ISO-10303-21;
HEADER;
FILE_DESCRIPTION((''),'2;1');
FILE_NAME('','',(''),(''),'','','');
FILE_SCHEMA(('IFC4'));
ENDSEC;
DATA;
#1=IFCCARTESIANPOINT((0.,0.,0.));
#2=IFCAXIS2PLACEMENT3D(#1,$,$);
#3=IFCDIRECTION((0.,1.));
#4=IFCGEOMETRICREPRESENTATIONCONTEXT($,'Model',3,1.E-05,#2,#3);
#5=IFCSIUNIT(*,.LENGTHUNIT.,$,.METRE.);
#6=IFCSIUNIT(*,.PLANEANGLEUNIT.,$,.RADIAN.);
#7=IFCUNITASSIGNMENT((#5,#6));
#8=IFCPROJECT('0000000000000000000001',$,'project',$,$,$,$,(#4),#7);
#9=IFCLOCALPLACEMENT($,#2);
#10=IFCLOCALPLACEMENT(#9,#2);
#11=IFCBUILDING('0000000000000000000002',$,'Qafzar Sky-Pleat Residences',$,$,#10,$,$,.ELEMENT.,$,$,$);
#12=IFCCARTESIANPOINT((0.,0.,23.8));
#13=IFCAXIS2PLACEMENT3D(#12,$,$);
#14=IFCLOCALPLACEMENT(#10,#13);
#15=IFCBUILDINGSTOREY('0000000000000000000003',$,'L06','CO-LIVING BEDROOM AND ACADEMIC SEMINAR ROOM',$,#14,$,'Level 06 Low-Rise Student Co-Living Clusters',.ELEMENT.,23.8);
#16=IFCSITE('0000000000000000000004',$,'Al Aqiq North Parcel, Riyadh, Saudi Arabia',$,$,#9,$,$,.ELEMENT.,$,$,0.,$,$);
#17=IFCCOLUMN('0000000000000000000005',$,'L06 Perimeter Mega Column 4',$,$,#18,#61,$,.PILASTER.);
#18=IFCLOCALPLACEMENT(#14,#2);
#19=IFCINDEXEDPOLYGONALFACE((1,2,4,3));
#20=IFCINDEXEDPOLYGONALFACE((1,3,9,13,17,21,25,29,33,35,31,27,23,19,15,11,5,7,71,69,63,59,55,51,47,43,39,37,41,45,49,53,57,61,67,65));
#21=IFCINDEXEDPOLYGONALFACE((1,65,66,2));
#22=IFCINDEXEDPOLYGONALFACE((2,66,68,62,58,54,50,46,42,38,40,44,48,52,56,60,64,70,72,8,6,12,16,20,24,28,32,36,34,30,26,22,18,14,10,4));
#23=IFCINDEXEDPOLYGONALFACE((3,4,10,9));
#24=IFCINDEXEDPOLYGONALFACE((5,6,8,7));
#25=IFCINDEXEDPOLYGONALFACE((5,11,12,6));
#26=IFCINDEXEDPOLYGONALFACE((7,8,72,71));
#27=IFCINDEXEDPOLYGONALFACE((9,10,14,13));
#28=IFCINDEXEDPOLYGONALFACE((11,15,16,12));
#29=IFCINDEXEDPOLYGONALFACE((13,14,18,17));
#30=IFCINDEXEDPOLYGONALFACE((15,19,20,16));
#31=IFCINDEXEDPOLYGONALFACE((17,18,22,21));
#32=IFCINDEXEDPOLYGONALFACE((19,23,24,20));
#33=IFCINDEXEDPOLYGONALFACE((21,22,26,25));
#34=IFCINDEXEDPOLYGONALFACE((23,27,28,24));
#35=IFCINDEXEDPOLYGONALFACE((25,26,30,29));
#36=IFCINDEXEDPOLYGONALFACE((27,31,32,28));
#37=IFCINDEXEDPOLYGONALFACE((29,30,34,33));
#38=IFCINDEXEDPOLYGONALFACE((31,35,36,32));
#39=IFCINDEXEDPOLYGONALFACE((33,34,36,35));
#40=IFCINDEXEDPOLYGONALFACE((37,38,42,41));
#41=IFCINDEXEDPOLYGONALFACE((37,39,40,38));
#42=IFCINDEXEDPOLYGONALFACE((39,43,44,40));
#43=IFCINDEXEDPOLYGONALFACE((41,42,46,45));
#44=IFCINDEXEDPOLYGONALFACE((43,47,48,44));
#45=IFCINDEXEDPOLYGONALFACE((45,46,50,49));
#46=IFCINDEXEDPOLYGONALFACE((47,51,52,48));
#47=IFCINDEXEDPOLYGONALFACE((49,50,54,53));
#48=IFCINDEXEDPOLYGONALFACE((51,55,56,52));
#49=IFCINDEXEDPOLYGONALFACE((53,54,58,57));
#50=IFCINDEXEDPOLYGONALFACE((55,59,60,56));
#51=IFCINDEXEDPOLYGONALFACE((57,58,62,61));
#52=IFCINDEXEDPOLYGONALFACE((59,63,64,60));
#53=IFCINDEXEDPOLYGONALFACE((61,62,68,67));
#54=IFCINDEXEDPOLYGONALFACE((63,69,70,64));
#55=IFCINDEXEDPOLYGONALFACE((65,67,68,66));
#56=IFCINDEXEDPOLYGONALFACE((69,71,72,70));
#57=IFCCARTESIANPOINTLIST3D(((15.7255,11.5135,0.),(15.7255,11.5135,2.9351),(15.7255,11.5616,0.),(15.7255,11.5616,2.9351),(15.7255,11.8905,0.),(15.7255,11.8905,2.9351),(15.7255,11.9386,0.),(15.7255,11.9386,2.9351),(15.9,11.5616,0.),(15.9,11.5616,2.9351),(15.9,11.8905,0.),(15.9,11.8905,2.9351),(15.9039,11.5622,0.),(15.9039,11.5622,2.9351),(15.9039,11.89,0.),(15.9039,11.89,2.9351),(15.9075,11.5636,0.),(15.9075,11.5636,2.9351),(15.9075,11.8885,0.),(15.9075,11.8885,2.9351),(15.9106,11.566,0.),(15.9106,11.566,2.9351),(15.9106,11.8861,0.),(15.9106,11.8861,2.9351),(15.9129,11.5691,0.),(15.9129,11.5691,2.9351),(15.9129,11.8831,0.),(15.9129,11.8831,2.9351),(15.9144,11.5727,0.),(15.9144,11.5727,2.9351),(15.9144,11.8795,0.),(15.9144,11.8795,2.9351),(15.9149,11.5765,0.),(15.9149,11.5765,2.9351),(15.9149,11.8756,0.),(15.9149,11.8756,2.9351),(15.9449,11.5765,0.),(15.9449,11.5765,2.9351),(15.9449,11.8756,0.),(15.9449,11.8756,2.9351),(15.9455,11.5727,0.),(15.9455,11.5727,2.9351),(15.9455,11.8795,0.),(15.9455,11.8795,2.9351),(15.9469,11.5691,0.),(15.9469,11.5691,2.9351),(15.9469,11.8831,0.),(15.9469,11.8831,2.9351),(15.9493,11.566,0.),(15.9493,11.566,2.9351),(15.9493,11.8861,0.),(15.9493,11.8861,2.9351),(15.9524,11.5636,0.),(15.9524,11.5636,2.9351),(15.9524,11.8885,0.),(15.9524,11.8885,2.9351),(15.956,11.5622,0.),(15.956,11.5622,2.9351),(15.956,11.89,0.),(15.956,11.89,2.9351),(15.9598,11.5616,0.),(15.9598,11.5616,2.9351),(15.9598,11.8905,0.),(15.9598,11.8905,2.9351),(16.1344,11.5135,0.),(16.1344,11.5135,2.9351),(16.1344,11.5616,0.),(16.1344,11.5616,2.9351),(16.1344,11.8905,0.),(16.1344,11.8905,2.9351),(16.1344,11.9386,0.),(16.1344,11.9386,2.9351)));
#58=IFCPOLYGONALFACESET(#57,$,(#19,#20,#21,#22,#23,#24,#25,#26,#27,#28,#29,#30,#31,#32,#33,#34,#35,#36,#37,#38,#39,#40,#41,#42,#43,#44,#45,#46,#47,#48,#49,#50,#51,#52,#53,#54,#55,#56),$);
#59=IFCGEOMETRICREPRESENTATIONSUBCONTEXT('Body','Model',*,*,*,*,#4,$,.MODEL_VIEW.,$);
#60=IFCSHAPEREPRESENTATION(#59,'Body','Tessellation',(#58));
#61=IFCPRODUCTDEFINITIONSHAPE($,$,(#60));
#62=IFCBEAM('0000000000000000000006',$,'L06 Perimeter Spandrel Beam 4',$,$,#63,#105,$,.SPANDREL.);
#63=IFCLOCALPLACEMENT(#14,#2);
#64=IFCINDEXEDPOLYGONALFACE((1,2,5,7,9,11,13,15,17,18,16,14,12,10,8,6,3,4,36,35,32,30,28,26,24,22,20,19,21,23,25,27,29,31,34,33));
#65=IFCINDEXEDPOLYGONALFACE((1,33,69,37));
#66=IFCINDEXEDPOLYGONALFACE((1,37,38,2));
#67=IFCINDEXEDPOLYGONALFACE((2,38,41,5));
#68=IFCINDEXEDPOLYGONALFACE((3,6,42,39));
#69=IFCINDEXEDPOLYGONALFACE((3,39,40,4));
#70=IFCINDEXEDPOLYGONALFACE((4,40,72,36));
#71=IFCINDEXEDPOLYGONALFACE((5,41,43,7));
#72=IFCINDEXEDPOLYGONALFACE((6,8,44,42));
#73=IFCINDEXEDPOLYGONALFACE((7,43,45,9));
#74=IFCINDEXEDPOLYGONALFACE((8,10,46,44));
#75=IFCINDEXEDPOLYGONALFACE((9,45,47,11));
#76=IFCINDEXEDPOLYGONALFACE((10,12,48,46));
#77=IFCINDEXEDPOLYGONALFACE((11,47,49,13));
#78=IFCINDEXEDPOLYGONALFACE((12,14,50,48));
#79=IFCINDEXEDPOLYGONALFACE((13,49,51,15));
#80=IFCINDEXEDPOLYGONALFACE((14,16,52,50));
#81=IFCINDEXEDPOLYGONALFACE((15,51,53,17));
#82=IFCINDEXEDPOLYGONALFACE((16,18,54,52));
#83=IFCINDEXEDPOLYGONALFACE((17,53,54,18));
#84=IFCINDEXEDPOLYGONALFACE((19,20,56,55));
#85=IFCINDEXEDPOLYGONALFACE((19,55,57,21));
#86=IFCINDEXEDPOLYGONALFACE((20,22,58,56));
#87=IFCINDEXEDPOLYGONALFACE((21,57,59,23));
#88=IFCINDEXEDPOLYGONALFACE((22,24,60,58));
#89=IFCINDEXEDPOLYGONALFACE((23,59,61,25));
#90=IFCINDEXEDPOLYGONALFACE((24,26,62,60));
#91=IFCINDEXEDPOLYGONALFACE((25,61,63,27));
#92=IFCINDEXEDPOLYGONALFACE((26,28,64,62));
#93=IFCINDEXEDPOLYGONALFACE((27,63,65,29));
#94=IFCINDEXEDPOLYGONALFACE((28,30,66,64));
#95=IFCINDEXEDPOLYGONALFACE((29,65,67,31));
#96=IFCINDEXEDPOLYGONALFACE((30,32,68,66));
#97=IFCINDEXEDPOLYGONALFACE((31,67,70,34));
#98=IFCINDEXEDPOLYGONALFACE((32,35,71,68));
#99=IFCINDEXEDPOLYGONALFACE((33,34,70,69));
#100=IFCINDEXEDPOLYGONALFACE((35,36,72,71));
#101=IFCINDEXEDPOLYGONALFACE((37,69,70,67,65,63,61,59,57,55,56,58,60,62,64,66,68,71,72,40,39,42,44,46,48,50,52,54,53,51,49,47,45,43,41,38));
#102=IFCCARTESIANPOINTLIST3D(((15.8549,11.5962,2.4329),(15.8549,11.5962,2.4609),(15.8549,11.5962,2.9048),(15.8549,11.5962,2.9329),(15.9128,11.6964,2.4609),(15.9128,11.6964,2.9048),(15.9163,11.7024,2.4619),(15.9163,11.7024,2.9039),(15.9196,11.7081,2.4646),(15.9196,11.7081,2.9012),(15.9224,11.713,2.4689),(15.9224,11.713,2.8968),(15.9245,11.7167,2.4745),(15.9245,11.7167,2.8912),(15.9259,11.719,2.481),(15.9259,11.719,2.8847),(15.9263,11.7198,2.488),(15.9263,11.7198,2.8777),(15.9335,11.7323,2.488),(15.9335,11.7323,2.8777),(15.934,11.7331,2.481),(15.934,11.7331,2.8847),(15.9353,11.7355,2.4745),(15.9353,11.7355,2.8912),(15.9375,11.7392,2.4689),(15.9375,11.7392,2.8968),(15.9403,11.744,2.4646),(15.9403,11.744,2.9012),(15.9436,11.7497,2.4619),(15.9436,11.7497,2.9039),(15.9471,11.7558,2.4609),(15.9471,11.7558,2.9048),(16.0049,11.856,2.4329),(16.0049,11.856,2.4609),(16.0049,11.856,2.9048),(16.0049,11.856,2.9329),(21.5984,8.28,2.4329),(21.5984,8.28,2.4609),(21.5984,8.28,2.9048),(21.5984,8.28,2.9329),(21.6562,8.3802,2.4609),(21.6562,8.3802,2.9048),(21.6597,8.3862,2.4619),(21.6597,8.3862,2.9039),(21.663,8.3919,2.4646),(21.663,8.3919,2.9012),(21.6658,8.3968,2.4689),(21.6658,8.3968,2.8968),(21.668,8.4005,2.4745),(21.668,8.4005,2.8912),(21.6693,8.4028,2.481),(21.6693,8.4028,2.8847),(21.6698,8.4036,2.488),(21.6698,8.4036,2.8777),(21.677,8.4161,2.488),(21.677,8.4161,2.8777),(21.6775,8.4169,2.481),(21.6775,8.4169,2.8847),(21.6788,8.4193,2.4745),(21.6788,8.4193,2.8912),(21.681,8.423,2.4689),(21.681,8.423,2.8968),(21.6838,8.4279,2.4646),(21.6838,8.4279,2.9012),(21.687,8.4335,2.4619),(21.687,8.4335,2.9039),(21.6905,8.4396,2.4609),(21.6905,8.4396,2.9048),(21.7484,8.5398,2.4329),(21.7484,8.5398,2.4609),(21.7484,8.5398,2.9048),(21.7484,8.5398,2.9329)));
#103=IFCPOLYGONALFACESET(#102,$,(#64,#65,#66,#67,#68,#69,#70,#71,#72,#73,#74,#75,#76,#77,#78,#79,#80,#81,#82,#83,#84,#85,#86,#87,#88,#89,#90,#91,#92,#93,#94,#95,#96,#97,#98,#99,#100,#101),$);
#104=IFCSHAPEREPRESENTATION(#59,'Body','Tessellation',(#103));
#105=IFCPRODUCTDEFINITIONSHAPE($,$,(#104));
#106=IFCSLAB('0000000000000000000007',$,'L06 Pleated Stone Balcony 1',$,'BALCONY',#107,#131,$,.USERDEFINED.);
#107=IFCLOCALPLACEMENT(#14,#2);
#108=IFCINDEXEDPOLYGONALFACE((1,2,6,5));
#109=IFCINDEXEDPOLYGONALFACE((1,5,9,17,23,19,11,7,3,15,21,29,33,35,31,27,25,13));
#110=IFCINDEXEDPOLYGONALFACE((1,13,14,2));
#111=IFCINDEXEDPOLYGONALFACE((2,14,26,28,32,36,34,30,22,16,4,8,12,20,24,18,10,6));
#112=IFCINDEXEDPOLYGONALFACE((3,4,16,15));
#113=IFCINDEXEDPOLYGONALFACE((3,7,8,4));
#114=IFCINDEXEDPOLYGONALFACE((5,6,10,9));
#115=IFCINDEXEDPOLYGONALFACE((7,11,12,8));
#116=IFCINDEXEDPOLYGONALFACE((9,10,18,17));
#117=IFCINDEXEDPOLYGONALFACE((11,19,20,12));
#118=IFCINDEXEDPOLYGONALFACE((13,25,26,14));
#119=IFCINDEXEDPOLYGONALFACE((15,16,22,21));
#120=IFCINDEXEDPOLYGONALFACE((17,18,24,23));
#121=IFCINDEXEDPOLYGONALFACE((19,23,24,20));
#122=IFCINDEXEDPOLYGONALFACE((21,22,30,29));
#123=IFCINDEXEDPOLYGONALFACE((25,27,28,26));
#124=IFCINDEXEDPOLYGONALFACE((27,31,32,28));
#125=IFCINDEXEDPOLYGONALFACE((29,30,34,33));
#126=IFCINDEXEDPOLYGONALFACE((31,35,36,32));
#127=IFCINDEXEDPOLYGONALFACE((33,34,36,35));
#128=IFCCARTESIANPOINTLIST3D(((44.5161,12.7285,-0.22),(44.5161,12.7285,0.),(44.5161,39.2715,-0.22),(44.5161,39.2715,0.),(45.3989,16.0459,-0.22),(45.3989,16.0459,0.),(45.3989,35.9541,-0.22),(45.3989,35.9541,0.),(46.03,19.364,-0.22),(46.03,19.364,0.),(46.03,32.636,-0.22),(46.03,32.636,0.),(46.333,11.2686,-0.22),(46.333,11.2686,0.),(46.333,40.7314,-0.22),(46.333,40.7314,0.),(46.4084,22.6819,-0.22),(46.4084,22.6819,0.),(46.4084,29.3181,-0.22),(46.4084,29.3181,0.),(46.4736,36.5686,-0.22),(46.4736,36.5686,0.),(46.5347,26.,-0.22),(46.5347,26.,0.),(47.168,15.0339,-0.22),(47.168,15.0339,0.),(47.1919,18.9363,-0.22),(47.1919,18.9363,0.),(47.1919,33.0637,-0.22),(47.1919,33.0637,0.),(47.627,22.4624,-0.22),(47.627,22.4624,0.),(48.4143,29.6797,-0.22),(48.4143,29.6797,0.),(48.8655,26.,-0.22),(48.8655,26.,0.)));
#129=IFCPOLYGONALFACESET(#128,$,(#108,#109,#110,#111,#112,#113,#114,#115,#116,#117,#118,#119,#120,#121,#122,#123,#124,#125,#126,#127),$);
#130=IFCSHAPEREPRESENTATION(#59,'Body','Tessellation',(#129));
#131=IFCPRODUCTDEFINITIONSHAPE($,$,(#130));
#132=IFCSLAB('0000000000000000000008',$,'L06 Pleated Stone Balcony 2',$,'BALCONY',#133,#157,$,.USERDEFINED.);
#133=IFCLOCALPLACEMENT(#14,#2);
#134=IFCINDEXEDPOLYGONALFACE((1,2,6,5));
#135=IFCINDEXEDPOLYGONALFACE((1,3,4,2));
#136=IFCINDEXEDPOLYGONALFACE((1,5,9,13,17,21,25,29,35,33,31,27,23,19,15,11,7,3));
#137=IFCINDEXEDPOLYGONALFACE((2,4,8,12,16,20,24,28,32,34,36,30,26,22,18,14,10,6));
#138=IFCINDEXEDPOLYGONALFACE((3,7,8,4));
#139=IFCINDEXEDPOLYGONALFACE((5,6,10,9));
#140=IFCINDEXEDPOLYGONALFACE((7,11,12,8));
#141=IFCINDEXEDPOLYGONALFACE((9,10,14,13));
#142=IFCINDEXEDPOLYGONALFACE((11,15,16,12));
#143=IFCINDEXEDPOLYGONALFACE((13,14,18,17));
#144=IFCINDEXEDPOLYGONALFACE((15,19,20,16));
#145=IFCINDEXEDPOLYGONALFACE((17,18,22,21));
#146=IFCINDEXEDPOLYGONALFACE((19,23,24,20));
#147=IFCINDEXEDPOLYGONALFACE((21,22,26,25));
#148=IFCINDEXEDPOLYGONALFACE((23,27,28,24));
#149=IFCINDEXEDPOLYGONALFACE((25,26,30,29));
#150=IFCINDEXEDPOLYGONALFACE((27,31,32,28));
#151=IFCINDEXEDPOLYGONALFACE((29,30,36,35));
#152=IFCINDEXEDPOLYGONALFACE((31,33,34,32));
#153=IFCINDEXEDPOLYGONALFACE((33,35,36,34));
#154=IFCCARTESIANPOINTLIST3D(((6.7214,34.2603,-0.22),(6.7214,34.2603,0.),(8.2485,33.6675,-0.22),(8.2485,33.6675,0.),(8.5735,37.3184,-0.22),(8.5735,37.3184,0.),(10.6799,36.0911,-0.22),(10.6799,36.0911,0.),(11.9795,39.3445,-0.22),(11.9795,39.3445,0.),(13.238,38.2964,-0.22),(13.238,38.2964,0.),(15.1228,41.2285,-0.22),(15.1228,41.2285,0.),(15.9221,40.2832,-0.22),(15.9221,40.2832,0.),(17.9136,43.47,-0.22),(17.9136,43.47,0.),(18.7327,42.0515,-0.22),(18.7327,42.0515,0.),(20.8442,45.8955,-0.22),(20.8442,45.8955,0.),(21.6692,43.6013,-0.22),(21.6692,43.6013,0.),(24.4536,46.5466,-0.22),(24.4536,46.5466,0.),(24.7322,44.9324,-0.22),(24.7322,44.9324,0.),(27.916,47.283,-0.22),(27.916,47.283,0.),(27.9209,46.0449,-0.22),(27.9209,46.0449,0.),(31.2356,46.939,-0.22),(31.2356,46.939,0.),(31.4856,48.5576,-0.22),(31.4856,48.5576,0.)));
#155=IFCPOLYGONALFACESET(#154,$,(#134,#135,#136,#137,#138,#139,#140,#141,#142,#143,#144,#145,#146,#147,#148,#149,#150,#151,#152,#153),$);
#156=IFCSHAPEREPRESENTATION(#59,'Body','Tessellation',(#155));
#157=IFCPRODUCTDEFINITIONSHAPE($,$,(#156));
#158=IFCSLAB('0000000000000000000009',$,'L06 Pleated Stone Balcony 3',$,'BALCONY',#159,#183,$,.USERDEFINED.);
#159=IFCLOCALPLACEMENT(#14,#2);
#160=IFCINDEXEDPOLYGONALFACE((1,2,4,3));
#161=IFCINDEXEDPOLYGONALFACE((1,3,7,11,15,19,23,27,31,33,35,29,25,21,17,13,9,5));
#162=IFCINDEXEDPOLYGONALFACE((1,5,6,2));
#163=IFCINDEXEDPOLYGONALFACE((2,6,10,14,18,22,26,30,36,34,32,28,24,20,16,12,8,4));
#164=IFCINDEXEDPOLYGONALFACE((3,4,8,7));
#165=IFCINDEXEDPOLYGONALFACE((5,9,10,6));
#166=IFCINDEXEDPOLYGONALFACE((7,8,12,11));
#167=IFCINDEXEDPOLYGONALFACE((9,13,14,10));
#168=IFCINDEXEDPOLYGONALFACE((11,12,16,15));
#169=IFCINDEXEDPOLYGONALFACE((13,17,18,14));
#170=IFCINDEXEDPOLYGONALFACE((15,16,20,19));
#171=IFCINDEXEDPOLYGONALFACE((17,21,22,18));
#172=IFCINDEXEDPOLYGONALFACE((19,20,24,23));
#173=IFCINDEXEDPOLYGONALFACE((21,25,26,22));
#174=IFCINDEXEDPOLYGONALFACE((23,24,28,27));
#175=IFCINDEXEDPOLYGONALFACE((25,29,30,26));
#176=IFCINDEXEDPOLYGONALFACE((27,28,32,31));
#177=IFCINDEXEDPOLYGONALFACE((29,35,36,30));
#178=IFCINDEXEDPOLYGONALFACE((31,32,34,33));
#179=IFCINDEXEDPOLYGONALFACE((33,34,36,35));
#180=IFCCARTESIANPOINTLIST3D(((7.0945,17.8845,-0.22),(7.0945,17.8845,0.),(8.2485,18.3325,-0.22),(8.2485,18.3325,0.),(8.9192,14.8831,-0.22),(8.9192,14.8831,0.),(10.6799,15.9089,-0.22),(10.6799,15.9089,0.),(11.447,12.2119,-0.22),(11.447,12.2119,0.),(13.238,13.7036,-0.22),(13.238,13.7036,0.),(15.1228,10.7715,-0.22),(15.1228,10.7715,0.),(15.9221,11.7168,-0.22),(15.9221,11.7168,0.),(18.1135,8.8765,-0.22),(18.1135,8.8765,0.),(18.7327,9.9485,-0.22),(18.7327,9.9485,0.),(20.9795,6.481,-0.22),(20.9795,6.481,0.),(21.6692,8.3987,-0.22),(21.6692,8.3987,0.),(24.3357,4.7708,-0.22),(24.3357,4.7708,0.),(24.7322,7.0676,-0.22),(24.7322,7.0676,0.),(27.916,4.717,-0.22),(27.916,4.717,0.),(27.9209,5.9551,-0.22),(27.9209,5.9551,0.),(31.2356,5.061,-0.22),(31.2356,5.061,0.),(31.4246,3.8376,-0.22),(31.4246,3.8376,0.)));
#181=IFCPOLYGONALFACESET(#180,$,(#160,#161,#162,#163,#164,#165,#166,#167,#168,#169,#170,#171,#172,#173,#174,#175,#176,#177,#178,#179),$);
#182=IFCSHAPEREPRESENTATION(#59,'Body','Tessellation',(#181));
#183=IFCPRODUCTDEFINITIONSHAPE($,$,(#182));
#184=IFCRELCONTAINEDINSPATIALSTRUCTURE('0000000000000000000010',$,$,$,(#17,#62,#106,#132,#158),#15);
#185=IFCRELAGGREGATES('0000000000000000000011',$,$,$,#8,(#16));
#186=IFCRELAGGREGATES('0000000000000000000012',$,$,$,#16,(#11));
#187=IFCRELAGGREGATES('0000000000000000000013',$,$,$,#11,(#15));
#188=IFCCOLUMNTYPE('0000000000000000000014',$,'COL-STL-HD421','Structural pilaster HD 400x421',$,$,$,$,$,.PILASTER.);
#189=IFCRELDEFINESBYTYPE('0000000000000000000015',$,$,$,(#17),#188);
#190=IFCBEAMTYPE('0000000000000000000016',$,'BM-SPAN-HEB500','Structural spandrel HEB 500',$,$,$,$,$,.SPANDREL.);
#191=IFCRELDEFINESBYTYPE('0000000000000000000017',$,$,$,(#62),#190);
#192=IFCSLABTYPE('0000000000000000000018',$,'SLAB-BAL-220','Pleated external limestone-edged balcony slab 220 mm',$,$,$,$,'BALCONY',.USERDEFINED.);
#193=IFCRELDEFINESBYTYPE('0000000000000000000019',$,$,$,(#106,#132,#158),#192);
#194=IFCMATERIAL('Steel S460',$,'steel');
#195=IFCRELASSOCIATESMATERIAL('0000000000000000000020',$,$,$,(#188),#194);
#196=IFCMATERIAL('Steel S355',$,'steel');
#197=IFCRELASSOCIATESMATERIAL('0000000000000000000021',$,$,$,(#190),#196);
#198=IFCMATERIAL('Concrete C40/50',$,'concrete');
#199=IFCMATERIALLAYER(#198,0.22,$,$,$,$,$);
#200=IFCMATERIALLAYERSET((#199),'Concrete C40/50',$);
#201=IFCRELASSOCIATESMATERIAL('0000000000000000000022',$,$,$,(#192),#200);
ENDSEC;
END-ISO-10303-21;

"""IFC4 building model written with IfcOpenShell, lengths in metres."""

from ifc_helpers import new_model, si_unit, direction, frame, origin, origin_2d, place, context, subcontext, project, spatial, polyline, i_section, outline, extrude, source, transform, mapped, material, layer, layer_set, material_profile, profile_set, type_object, element, save


model = new_model("IFC4")

# Units and contexts
model_context = context("Model", 3, precision=1e-05, world=origin(), true_north=direction((0.0, 1.0)))
body_context = subcontext(model_context, "Body", "Model", "MODEL_VIEW")
ifc_project = project(units=[si_unit("LENGTHUNIT", "METRE"), si_unit("PLANEANGLEUNIT", "RADIAN")], contexts=[model_context])

# Site, building, storey
site_placement = place(None, origin())
site = spatial("IfcSite", under=ifc_project, at=site_placement, Name="Al Aqiq North Parcel, Riyadh, Saudi Arabia", CompositionType="ELEMENT", RefElevation=0.0)
building_placement = place(site_placement, origin())
building = spatial("IfcBuilding", under=site, at=building_placement, Name="Qafzar Sky-Pleat Residences", CompositionType="ELEMENT")
storey_placement = place(building_placement, frame((0.0, 0.0, 23.8)))
storey = spatial("IfcBuildingStorey", under=building, at=storey_placement, Name="L06", Description="CO-LIVING BEDROOM AND ACADEMIC SEMINAR ROOM", LongName="Level 06 Low-Rise Student Co-Living Clusters", CompositionType="ELEMENT", Elevation=23.8)

# Column
ifc_material_1 = material(Name="Steel S460", Category="steel")
ifc_material_profile_1 = material_profile(ifc_material_1, i_section(OverallWidth=0.4089, OverallDepth=0.425, WebThickness=0.03, FlangeThickness=0.0481, FilletRadius=0.0149, at=origin_2d()), Name="HD 400x421")
ifc_profile_set_1 = profile_set([ifc_material_profile_1], Name="Steel S460")
column_type = type_object("IfcColumnType", Name="COL-STL-HD421", Description="Structural pilaster HD 400x421", PredefinedType="PILASTER", material=ifc_profile_set_1)
shared_shape_1 = source(origin(), body_context, "Body", "SweptSolid", [
    extrude(i_section(OverallWidth=0.4089, OverallDepth=0.425, WebThickness=0.03, FlangeThickness=0.0481, FilletRadius=0.0149, at=origin_2d()), origin(), (0.0, 0.0, 1.0), 2.9351),
])
column_placement = place(storey_placement, frame((15.9299, 11.7261, 0.0), z_axis=(0.0, 0.0, 1.0), x_axis=(1.0, 0.0, 0.0)))
element("IfcColumn", 1, at=column_placement, inside=storey, type_object=column_type, Name="L06 Perimeter Mega Column 4", PredefinedType="PILASTER", context=body_context, shape_type="MappedRepresentation", body=[
    mapped(shared_shape_1, transform((0.0, 0.0, 0.0), x_axis=(1.0, 0.0, 0.0), y_axis=(0.0, 1.0, 0.0), z_axis=(0.0, 0.0, 1.0), scale=1.0)),
])

# Beam
ifc_material_2 = material(Name="Steel S355", Category="steel")
ifc_material_profile_2 = material_profile(ifc_material_2, i_section(OverallWidth=0.3, OverallDepth=0.5, WebThickness=0.0144, FlangeThickness=0.0281, FilletRadius=0.0271, at=origin_2d()), Name="HEB 500")
ifc_profile_set_2 = profile_set([ifc_material_profile_2], Name="Steel S355")
beam_type = type_object("IfcBeamType", Name="BM-SPAN-HEB500", Description="Structural spandrel HEB 500", PredefinedType="SPANDREL", material=ifc_profile_set_2)
shared_shape_2 = source(origin(), body_context, "Body", "SweptSolid", [
    extrude(i_section(OverallWidth=0.3, OverallDepth=0.5, WebThickness=0.0144, FlangeThickness=0.0281, FilletRadius=0.0271, at=origin_2d()), origin(), (0.0, 0.0, 1.0), 6.6321),
])
beam_placement = place(storey_placement, frame((15.9299, 11.7261, 2.6829), z_axis=(0.866012, -0.500023, 0.0), x_axis=(0.500023, 0.866012, 0.0)))
element("IfcBeam", 2, at=beam_placement, inside=storey, type_object=beam_type, Name="L06 Perimeter Spandrel Beam 4", PredefinedType="SPANDREL", context=body_context, shape_type="MappedRepresentation", body=[
    mapped(shared_shape_2, transform((0.0, 0.0, 0.0), x_axis=(1.0, 0.0, 0.0), y_axis=(0.0, 1.0, 0.0), z_axis=(0.0, 0.0, 1.0), scale=1.0)),
])

# Slabs
ifc_material_3 = material(Name="Concrete C40/50", Category="concrete")
ifc_layer_1 = layer(ifc_material_3, 0.22)
ifc_layer_set_1 = layer_set([ifc_layer_1], Name="Concrete C40/50")
slab_type_1 = type_object("IfcSlabType", Name="SLAB-BAL-220", Description="Pleated external limestone-edged balcony slab 220 mm", ElementType="BALCONY", PredefinedType="USERDEFINED", material=ifc_layer_set_1)
slab_1_placement = place(storey_placement, frame((0.0, 0.0, -0.22)))
element("IfcSlab", 3, at=slab_1_placement, inside=storey, type_object=slab_type_1, Name="L06 Pleated Stone Balcony 1", ObjectType="BALCONY", PredefinedType="USERDEFINED", context=body_context, shape_type="SweptSolid", body=[
    extrude(outline(polyline([(45.3989, 16.0459), (46.03, 19.364), (46.4084, 22.6819), (46.5347, 26.0), (46.4084, 29.3181), (46.03, 32.636), (45.3989, 35.9541), (44.5161, 39.2715), (46.333, 40.7314), (46.4736, 36.5686), (47.1919, 33.0637), (48.4143, 29.6797), (48.8655, 26.0), (47.627, 22.4624), (47.1919, 18.9363), (47.168, 15.0339), (46.333, 11.2686), (44.5161, 12.7285), (45.3989, 16.0459)])), origin(), (0.0, 0.0, 1.0), 0.22),
])
slab_2_placement = place(storey_placement, frame((0.0, 0.0, -0.22)))
element("IfcSlab", 4, at=slab_2_placement, inside=storey, type_object=slab_type_1, Name="L06 Pleated Stone Balcony 2", ObjectType="BALCONY", PredefinedType="USERDEFINED", context=body_context, shape_type="SweptSolid", body=[
    extrude(outline(polyline([(27.9209, 46.0449), (24.7322, 44.9324), (21.6692, 43.6013), (18.7327, 42.0515), (15.9221, 40.2832), (13.238, 38.2964), (10.6799, 36.0911), (8.2485, 33.6675), (6.7214, 34.2603), (8.5735, 37.3184), (11.9795, 39.3445), (15.1228, 41.2285), (17.9136, 43.47), (20.8442, 45.8955), (24.4536, 46.5466), (27.916, 47.283), (31.4856, 48.5576), (31.2356, 46.939), (27.9209, 46.0449)])), origin(), (0.0, 0.0, 1.0), 0.22),
])
slab_3_placement = place(storey_placement, frame((0.0, 0.0, -0.22)))
element("IfcSlab", 5, at=slab_3_placement, inside=storey, type_object=slab_type_1, Name="L06 Pleated Stone Balcony 3", ObjectType="BALCONY", PredefinedType="USERDEFINED", context=body_context, shape_type="SweptSolid", body=[
    extrude(outline(polyline([(10.6799, 15.9089), (13.238, 13.7036), (15.9221, 11.7168), (18.7327, 9.9485), (21.6692, 8.3987), (24.7322, 7.0676), (27.9209, 5.9551), (31.2356, 5.061), (31.4246, 3.8376), (27.916, 4.717), (24.3357, 4.7708), (20.9795, 6.481), (18.1135, 8.8765), (15.1228, 10.7715), (11.447, 12.2119), (8.9192, 14.8831), (7.0945, 17.8845), (8.2485, 18.3325), (10.6799, 15.9089)])), origin(), (0.0, 0.0, 1.0), 0.22),
])

save(model, "model.ifc")
